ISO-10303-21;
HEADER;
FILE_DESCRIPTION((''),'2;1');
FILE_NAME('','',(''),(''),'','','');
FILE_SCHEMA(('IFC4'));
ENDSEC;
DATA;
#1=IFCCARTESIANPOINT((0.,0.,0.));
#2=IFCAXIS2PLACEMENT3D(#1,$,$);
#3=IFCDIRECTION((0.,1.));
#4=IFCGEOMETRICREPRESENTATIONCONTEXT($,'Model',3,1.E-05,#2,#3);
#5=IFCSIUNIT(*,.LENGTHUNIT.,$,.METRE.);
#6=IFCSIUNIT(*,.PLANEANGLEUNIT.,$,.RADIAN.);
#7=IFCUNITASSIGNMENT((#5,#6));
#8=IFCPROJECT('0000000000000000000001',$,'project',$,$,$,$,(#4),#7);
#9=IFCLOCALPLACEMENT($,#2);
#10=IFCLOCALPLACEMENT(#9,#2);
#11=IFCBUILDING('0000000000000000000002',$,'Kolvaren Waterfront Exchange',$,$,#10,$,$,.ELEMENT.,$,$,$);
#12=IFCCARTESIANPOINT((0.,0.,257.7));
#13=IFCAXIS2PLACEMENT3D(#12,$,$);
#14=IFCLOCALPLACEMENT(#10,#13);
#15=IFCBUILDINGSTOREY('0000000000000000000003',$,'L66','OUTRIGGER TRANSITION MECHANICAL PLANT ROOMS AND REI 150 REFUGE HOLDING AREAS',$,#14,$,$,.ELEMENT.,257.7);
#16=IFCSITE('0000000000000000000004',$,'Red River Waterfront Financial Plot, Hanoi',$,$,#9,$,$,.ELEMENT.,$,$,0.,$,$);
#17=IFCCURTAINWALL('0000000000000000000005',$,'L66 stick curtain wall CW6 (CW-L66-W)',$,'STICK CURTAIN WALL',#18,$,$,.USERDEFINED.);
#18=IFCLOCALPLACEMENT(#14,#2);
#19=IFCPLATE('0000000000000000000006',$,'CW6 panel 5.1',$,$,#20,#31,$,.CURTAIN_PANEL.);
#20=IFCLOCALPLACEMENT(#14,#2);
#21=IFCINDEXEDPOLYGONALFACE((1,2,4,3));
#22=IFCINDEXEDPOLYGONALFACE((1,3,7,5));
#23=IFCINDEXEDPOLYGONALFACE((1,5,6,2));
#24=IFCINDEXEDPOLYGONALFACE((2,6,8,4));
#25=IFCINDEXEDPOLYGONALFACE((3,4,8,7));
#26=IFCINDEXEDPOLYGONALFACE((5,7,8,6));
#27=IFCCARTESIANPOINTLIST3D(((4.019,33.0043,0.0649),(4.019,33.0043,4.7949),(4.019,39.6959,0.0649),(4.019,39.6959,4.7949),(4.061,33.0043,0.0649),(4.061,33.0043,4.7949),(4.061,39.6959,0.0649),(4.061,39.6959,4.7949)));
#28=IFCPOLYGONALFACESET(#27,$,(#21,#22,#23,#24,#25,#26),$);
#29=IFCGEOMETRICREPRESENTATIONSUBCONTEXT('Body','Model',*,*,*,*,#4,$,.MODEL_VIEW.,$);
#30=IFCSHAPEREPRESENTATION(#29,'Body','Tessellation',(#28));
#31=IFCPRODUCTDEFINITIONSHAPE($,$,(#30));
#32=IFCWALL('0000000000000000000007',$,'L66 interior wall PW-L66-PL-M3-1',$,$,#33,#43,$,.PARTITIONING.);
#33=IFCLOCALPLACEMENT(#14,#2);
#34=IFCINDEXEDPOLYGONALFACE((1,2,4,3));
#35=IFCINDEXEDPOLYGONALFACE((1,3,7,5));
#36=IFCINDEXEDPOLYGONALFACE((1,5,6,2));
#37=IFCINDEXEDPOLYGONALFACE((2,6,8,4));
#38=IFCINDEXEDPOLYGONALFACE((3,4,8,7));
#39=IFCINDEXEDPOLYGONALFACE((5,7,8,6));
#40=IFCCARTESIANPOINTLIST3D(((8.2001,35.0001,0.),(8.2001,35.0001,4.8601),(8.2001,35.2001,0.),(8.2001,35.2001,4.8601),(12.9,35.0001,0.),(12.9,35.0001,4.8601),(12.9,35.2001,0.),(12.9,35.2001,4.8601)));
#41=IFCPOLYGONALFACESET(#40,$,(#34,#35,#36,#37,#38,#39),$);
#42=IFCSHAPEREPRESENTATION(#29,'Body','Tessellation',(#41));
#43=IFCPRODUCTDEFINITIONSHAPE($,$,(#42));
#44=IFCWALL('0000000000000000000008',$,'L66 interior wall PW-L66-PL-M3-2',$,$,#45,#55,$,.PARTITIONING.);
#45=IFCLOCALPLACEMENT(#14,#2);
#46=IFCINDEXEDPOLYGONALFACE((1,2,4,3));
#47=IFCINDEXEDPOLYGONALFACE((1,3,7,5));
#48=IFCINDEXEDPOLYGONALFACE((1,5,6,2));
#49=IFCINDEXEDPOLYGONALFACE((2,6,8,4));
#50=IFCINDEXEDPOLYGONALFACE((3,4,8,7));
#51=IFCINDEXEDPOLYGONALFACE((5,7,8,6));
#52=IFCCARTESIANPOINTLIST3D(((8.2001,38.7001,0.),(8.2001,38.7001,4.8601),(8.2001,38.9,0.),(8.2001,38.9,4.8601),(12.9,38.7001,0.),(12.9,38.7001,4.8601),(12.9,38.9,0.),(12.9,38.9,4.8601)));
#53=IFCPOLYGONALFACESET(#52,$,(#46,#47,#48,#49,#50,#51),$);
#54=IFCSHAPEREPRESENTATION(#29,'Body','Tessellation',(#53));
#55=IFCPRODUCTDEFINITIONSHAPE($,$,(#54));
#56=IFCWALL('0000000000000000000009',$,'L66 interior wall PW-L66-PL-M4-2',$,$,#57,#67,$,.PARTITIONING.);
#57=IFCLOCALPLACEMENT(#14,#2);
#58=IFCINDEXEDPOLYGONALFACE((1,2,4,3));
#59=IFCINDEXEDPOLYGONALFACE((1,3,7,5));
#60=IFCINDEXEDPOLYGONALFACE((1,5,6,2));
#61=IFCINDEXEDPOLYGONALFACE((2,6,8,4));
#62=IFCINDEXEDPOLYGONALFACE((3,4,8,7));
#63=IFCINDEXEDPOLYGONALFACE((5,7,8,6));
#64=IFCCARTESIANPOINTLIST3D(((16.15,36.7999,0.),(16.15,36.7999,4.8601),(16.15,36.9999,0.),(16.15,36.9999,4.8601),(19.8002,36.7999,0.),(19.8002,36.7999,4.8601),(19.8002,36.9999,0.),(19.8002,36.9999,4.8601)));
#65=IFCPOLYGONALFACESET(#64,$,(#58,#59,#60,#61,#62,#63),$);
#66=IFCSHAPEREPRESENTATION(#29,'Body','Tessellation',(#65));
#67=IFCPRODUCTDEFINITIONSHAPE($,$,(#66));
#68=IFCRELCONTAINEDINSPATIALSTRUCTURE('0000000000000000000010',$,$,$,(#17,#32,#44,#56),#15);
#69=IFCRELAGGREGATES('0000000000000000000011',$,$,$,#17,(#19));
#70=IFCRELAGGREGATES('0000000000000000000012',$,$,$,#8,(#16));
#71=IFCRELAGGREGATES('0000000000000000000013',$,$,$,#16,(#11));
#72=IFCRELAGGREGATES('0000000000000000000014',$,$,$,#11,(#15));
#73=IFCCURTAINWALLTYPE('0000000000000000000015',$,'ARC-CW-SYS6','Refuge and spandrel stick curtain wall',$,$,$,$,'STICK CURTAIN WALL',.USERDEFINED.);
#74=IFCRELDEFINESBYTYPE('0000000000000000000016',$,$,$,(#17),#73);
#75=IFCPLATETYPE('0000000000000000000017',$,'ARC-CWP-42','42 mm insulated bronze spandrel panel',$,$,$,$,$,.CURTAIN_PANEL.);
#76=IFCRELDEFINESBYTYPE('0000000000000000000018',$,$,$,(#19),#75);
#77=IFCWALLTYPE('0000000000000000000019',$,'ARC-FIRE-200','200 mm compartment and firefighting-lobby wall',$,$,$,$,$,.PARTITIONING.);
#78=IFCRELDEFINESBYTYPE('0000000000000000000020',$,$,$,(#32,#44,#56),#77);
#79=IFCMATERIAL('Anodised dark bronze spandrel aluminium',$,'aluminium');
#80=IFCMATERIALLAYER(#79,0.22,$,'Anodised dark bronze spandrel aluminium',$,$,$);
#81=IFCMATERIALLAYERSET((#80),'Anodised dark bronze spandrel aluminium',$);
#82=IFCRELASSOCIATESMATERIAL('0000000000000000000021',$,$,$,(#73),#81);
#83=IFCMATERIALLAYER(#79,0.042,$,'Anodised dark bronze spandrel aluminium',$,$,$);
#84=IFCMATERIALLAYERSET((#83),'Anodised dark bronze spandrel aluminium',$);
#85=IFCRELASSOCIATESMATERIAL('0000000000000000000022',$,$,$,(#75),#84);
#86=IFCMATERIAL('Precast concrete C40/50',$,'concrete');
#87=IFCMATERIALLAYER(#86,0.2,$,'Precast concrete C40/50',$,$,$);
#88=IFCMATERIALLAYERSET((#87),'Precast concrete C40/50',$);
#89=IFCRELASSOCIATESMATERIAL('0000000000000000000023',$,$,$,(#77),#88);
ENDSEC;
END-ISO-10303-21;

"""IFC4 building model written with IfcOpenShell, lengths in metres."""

from ifc_helpers import new_model, si_unit, direction, frame, frame_2d, origin, origin_with_axes, origin_2d, place, context, subcontext, project, spatial, rectangle, extrude, source, transform, mapped, material, layer, layer_set, type_object, element, aggregate, save


model = new_model("IFC4")

# Units and contexts
model_context = context("Model", 3, precision=1e-05, world=origin(), true_north=direction((0.0, 1.0)))
body_context = subcontext(model_context, "Body", "Model", "MODEL_VIEW")
ifc_project = project(units=[si_unit("LENGTHUNIT", "METRE"), si_unit("PLANEANGLEUNIT", "RADIAN")], contexts=[model_context])

# Site, building, storey
site_placement = place(None, origin())
site = spatial("IfcSite", under=ifc_project, at=site_placement, Name="Red River Waterfront Financial Plot, Hanoi", CompositionType="ELEMENT", RefElevation=0.0)
building_placement = place(site_placement, origin())
building = spatial("IfcBuilding", under=site, at=building_placement, Name="Kolvaren Waterfront Exchange", CompositionType="ELEMENT")
storey_placement = place(building_placement, frame((0.0, 0.0, 257.7)))
storey = spatial("IfcBuildingStorey", under=building, at=storey_placement, Name="L66", Description="OUTRIGGER TRANSITION MECHANICAL PLANT ROOMS AND REI 150 REFUGE HOLDING AREAS", CompositionType="ELEMENT", Elevation=257.7)

# Curtain wall
ifc_material_1 = material(Name="Anodised dark bronze spandrel aluminium", Category="aluminium")
ifc_layer_1 = layer(ifc_material_1, 0.22, Name="Anodised dark bronze spandrel aluminium")
ifc_layer_set_1 = layer_set([ifc_layer_1], Name="Anodised dark bronze spandrel aluminium")
curtain_wall_type = type_object("IfcCurtainWallType", Name="ARC-CW-SYS6", Description="Refuge and spandrel stick curtain wall", ElementType="STICK CURTAIN WALL", PredefinedType="USERDEFINED", material=ifc_layer_set_1)
curtain_wall_placement = place(storey_placement, origin())
curtain_wall = element("IfcCurtainWall", 1, at=curtain_wall_placement, inside=storey, type_object=curtain_wall_type, Name="L66 stick curtain wall CW6 (CW-L66-W)", ObjectType="STICK CURTAIN WALL", PredefinedType="USERDEFINED")

# Plate
ifc_layer_2 = layer(ifc_material_1, 0.042, Name="Anodised dark bronze spandrel aluminium")
ifc_layer_set_2 = layer_set([ifc_layer_2], Name="Anodised dark bronze spandrel aluminium")
plate_type_1 = type_object("IfcPlateType", Name="ARC-CWP-42", Description="42 mm insulated bronze spandrel panel", PredefinedType="CURTAIN_PANEL", material=ifc_layer_set_2)
shared_shape_1 = source(origin_with_axes(), body_context, "Body", "SweptSolid", [
    extrude(rectangle(XDim=6.6917, YDim=0.042, at=origin_2d()), origin(), (0.0, 0.0, 1.0), 4.73),
])
plate_1_placement = place(storey_placement, frame((4.04, 36.3501, 0.0649), z_axis=(0.0, 0.0, 1.0), x_axis=(0.0, 1.0, 0.0)))
plate_1 = element("IfcPlate", 2, at=plate_1_placement, type_object=plate_type_1, Name="CW6 panel 5.1", PredefinedType="CURTAIN_PANEL", context=body_context, shape_type="MappedRepresentation", body=[
    mapped(shared_shape_1, transform((0.0, 0.0, 0.0), x_axis=(1.0, 0.0, 0.0), y_axis=(0.0, 1.0, 0.0), z_axis=(0.0, 0.0, 1.0), scale=1.0)),
])
aggregate(curtain_wall, [plate_1])

# Walls
ifc_material_2 = material(Name="Precast concrete C40/50", Category="concrete")
ifc_layer_3 = layer(ifc_material_2, 0.2, Name="Precast concrete C40/50")
ifc_layer_set_3 = layer_set([ifc_layer_3], Name="Precast concrete C40/50")
wall_type = type_object("IfcWallType", Name="ARC-FIRE-200", Description="200 mm compartment and firefighting-lobby wall", PredefinedType="PARTITIONING", material=ifc_layer_set_3)
for number, where, z_axis, x_axis, name in (
    (3, (8.2, 35.1001, 0.0), (0.0, 0.0, 1.0), (1.0, 0.0, 0.0), "L66 interior wall PW-L66-PL-M3-1"),
    (4, (8.2, 38.8, 0.0), (0.0, 0.0, 1.0), (1.0, 0.0, 0.0), "L66 interior wall PW-L66-PL-M3-2"),
):
    element("IfcWall", number, at=place(storey_placement, frame(where, z_axis=z_axis, x_axis=x_axis)), inside=storey, type_object=wall_type, Name=name, PredefinedType="PARTITIONING", context=body_context, shape_type="SweptSolid", body=[
        extrude(rectangle(XDim=4.7, YDim=0.2, at=frame_2d((2.3501, 0.0))), origin(), (0.0, 0.0, 1.0), 4.8601),
    ])
wall_placement = place(storey_placement, frame((16.1499, 36.8999, 0.0), z_axis=(0.0, 0.0, 1.0), x_axis=(1.0, 0.0, 0.0)))
element("IfcWall", 5, at=wall_placement, inside=storey, type_object=wall_type, Name="L66 interior wall PW-L66-PL-M4-2", PredefinedType="PARTITIONING", context=body_context, shape_type="SweptSolid", body=[
    extrude(rectangle(XDim=3.6501, YDim=0.2, at=frame_2d((1.8252, 0.0))), origin(), (0.0, 0.0, 1.0), 4.8601),
])

save(model, "model.ifc")
